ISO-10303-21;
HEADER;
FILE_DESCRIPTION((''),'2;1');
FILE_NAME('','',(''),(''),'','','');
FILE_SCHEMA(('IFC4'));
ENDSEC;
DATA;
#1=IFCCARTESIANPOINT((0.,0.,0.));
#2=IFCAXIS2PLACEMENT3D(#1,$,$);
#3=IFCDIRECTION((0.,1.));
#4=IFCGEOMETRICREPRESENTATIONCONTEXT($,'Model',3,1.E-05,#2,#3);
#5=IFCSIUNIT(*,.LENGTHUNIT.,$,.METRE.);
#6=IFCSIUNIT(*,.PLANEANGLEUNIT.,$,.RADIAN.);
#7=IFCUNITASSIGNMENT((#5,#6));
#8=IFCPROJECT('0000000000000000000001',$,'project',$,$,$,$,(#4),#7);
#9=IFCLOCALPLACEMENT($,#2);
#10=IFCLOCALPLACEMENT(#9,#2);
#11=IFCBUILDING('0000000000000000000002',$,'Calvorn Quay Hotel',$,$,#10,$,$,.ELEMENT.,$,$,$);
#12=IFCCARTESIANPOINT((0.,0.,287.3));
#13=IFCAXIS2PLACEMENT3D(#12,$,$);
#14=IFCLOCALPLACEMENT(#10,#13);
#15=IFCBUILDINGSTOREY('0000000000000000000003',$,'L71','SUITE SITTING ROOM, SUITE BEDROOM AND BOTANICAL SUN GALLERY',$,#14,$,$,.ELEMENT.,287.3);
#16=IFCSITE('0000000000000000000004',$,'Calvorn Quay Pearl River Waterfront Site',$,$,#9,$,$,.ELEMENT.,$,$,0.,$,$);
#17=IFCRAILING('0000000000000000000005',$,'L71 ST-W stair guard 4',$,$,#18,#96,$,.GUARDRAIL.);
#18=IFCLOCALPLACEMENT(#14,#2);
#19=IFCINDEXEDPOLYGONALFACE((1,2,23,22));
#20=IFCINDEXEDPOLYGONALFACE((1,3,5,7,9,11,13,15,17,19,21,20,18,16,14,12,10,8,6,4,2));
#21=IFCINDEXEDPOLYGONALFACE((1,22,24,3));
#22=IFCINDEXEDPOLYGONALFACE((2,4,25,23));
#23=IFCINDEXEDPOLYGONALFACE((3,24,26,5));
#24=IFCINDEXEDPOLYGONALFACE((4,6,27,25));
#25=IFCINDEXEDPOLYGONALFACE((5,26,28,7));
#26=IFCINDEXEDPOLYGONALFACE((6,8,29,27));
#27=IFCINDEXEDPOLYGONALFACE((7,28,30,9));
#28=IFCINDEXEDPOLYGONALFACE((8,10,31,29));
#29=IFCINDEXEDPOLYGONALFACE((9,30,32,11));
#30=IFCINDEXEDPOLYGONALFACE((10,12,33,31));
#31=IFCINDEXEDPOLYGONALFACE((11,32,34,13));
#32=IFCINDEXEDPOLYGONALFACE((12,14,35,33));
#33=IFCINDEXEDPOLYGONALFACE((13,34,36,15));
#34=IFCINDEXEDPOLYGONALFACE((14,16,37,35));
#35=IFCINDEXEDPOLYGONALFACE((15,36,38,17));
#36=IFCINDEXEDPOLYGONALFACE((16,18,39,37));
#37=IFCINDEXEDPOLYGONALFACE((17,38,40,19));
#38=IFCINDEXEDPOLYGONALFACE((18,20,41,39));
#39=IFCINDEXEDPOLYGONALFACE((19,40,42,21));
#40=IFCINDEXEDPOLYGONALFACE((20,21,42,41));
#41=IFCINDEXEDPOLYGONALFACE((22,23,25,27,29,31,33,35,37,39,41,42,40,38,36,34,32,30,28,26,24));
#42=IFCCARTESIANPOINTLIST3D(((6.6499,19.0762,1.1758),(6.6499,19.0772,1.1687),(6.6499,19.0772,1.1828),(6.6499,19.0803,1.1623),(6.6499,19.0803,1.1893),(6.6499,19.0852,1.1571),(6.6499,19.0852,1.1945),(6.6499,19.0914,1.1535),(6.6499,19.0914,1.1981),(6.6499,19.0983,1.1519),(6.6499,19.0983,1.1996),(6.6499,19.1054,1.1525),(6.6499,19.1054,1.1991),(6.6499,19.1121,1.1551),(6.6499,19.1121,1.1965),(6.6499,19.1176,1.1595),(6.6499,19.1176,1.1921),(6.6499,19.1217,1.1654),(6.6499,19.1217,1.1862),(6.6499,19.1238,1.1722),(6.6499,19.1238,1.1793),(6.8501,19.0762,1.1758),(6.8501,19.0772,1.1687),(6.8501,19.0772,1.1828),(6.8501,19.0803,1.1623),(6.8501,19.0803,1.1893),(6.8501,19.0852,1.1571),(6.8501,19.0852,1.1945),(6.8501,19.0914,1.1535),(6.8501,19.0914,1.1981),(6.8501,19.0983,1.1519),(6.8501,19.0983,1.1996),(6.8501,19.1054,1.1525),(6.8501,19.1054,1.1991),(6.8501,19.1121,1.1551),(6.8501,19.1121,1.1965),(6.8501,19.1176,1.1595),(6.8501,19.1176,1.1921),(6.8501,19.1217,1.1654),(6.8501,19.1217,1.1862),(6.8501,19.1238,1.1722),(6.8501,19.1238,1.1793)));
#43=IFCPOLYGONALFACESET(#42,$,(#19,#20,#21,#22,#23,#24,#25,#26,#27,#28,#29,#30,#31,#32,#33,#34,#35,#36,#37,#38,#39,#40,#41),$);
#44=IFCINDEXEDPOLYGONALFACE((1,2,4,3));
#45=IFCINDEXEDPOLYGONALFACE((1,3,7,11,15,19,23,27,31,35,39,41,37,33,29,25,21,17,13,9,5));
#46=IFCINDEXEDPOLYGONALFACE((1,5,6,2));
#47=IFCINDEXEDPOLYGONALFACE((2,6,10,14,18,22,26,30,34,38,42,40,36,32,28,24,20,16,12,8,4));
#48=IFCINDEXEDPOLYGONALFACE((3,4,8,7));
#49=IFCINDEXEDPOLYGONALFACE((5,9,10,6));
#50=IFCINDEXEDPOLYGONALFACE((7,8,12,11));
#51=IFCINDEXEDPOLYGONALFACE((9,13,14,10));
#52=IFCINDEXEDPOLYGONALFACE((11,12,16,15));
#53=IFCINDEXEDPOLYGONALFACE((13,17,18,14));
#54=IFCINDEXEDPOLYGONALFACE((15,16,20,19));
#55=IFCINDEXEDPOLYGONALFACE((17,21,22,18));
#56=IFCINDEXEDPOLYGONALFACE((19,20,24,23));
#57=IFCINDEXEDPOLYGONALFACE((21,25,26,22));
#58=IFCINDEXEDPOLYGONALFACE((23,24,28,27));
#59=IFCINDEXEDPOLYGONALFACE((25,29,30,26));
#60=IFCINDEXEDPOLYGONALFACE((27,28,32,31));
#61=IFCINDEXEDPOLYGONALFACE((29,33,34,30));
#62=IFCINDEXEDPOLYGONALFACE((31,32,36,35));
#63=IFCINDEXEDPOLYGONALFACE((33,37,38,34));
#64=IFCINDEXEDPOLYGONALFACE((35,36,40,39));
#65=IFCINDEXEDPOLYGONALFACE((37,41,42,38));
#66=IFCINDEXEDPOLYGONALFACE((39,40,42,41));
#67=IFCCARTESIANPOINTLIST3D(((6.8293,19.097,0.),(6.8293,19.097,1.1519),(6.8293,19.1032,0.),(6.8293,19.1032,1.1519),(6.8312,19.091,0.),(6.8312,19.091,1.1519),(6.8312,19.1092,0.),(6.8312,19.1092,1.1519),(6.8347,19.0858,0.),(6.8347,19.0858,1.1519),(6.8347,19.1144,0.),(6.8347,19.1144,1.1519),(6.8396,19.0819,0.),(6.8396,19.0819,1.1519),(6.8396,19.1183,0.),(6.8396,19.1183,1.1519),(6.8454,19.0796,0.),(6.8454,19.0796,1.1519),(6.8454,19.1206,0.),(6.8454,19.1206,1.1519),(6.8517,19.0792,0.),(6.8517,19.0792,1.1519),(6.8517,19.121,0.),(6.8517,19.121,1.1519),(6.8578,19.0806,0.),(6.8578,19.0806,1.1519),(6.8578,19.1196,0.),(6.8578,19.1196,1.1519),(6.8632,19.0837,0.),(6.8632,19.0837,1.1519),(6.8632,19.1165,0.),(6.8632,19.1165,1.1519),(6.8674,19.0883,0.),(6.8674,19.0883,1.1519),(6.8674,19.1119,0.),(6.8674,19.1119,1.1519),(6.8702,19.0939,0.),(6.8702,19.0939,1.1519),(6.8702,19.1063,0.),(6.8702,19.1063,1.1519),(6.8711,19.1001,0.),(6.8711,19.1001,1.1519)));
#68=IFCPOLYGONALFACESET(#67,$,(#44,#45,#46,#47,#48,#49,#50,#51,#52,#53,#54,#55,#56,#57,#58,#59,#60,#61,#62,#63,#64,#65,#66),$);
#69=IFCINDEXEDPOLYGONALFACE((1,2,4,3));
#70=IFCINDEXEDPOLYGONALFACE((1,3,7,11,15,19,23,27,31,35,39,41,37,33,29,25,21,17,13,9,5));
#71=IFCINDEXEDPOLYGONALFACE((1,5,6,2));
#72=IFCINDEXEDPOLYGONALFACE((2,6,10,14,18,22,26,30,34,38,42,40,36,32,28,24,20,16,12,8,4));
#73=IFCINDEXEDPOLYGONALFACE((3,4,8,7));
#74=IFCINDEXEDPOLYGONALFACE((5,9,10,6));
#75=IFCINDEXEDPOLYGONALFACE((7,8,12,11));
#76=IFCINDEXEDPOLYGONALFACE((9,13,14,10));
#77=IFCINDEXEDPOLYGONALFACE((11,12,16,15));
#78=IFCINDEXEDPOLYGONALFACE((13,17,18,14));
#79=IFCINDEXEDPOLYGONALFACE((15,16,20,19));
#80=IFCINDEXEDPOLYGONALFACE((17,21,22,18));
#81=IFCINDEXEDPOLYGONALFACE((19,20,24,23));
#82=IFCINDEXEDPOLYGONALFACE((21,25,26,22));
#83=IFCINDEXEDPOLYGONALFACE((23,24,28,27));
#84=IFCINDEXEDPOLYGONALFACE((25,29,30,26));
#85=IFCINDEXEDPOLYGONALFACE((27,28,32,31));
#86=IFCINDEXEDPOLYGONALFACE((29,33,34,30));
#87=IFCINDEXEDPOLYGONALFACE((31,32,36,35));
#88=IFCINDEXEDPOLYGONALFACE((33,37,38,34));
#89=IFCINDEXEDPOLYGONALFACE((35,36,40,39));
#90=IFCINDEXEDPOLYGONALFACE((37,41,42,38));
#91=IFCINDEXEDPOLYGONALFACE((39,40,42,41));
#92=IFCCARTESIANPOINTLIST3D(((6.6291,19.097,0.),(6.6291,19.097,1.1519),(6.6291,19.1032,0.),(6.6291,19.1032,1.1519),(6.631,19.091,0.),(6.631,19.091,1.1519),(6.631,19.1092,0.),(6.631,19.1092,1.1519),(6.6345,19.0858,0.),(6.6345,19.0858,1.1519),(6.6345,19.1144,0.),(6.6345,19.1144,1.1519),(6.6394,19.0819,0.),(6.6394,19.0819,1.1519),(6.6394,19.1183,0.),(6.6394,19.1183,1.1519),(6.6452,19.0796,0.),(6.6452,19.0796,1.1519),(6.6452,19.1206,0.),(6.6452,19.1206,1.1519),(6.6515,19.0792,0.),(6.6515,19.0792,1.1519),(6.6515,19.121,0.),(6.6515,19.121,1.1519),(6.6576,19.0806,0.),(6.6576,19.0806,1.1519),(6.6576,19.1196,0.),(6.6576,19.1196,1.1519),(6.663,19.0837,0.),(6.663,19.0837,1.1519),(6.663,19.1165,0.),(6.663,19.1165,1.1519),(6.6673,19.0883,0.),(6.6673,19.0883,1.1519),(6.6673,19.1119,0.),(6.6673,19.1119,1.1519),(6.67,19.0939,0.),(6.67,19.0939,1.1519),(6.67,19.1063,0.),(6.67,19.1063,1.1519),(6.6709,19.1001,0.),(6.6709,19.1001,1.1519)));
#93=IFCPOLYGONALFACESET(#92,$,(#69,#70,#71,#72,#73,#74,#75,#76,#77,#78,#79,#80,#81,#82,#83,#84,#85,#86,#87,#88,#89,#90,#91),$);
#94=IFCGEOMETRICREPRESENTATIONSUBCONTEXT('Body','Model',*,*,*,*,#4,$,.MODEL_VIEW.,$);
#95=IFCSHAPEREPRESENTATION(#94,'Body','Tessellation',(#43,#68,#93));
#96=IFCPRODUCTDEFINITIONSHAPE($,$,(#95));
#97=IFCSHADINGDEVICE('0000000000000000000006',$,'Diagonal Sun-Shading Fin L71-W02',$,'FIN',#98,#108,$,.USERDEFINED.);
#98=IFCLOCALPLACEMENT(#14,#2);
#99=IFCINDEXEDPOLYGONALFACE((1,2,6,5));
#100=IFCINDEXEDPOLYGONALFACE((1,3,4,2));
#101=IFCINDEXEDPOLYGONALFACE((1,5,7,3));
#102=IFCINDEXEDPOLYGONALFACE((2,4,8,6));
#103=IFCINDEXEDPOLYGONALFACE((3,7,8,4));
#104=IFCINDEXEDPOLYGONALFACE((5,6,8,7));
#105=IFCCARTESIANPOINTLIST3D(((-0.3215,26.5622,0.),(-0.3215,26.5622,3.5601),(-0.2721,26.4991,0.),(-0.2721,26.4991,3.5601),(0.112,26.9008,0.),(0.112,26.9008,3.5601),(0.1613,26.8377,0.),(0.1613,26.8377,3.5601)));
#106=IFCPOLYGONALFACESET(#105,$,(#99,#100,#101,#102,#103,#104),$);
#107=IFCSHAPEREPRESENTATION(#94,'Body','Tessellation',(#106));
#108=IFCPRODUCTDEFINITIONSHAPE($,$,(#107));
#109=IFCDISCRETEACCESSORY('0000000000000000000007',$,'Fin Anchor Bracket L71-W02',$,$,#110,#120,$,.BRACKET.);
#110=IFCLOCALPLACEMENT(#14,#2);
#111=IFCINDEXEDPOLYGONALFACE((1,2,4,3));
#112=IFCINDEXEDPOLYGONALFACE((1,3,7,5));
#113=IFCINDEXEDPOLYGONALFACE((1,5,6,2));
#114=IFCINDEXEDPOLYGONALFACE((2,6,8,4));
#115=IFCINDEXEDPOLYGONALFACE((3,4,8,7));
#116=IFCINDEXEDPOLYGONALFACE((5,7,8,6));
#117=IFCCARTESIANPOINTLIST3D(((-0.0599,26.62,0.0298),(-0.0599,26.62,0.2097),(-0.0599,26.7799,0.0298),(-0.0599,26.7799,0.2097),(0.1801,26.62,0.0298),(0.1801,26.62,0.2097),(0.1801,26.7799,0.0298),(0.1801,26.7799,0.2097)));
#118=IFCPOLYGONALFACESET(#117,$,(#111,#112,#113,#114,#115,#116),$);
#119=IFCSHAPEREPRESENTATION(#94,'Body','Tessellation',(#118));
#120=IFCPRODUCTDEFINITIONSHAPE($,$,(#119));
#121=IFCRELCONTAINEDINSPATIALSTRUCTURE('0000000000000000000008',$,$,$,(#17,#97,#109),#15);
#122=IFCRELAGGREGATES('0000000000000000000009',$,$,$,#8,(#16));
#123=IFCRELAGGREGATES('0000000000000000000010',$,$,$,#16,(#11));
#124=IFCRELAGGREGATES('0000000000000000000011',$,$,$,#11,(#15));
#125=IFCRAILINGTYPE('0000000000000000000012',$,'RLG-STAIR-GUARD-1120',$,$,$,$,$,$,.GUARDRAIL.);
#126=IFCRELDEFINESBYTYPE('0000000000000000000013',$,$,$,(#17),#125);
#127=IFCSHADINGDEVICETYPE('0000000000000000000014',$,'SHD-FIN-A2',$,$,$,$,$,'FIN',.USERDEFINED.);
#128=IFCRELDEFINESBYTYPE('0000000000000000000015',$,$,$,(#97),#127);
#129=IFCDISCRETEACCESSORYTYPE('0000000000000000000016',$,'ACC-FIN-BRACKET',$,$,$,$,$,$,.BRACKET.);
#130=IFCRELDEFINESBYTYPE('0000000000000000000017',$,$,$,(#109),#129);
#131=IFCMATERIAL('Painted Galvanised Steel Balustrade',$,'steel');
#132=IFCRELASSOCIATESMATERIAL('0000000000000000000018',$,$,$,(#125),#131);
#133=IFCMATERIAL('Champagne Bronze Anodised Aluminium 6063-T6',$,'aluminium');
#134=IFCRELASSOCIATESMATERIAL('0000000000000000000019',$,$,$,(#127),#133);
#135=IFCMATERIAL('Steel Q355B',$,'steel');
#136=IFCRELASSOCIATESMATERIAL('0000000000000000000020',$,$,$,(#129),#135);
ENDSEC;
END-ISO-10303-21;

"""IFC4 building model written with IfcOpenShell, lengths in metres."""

from ifc_helpers import new_model, si_unit, direction, frame, origin, origin_2d, place, context, subcontext, project, spatial, rectangle, circle, extrude, material, type_object, element, save


model = new_model("IFC4")

# Units and contexts
model_context = context("Model", 3, precision=1e-05, world=origin(), true_north=direction((0.0, 1.0)))
body_context = subcontext(model_context, "Body", "Model", "MODEL_VIEW")
ifc_project = project(units=[si_unit("LENGTHUNIT", "METRE"), si_unit("PLANEANGLEUNIT", "RADIAN")], contexts=[model_context])

# Site, building, storey
site_placement = place(None, origin())
site = spatial("IfcSite", under=ifc_project, at=site_placement, Name="Calvorn Quay Pearl River Waterfront Site", CompositionType="ELEMENT", RefElevation=0.0)
building_placement = place(site_placement, origin())
building = spatial("IfcBuilding", under=site, at=building_placement, Name="Calvorn Quay Hotel", CompositionType="ELEMENT")
storey_placement = place(building_placement, frame((0.0, 0.0, 287.3)))
storey = spatial("IfcBuildingStorey", under=building, at=storey_placement, Name="L71", Description="SUITE SITTING ROOM, SUITE BEDROOM AND BOTANICAL SUN GALLERY", CompositionType="ELEMENT", Elevation=287.3)

# Railing
ifc_material_1 = material(Name="Painted Galvanised Steel Balustrade", Category="steel")
railing_type_1 = type_object("IfcRailingType", Name="RLG-STAIR-GUARD-1120", PredefinedType="GUARDRAIL", material=ifc_material_1)
railing_1_placement = place(storey_placement, frame((6.8501, 19.1001, 0.0)))
element("IfcRailing", 1, at=railing_1_placement, inside=storey, type_object=railing_type_1, Name="L71 ST-W stair guard 4", PredefinedType="GUARDRAIL", context=body_context, shape_type="SweptSolid", body=[
    extrude(circle(Radius=0.0239, at=origin_2d()), frame((0.0, 0.0, 1.1758), z_axis=(-1.0, 0.0, 0.0), x_axis=(0.0, -1.0, 0.0)), (0.0, 0.0, 1.0), 0.2002),
    extrude(circle(Radius=0.021, at=origin_2d()), origin(), (0.0, 0.0, 1.0), 1.1519),
    extrude(circle(Radius=0.021, at=origin_2d()), frame((-0.2002, 0.0, 0.0)), (0.0, 0.0, 1.0), 1.1519),
])

# Shading device
ifc_material_2 = material(Name="Champagne Bronze Anodised Aluminium 6063-T6", Category="aluminium")
shading_device_type = type_object("IfcShadingDeviceType", Name="SHD-FIN-A2", ElementType="FIN", PredefinedType="USERDEFINED", material=ifc_material_2)
shading_device_placement = place(storey_placement, frame((-0.0801, 26.7, 0.0), z_axis=(0.0, 0.0, 1.0), x_axis=(0.788011, 0.615661, 0.0)))
element("IfcShadingDevice", 2, at=shading_device_placement, inside=storey, type_object=shading_device_type, Name="Diagonal Sun-Shading Fin L71-W02", ObjectType="FIN", PredefinedType="USERDEFINED", context=body_context, shape_type="SweptSolid", body=[
    extrude(rectangle(XDim=0.55, YDim=0.0801, at=origin_2d()), origin(), (0.0, 0.0, 1.0), 3.5601),
])

# Discrete accessory
ifc_material_3 = material(Name="Steel Q355B", Category="steel")
discrete_accessory_type = type_object("IfcDiscreteAccessoryType", Name="ACC-FIN-BRACKET", PredefinedType="BRACKET", material=ifc_material_3)
discrete_accessory_placement = place(storey_placement, frame((0.0601, 26.7, 0.0298), z_axis=(0.0, 0.0, 1.0), x_axis=(1.0, 0.0, 0.0)))
element("IfcDiscreteAccessory", 3, at=discrete_accessory_placement, inside=storey, type_object=discrete_accessory_type, Name="Fin Anchor Bracket L71-W02", PredefinedType="BRACKET", context=body_context, shape_type="SweptSolid", body=[
    extrude(rectangle(XDim=0.24, YDim=0.1599, at=origin_2d()), origin(), (0.0, 0.0, 1.0), 0.1799),
])

save(model, "model.ifc")
